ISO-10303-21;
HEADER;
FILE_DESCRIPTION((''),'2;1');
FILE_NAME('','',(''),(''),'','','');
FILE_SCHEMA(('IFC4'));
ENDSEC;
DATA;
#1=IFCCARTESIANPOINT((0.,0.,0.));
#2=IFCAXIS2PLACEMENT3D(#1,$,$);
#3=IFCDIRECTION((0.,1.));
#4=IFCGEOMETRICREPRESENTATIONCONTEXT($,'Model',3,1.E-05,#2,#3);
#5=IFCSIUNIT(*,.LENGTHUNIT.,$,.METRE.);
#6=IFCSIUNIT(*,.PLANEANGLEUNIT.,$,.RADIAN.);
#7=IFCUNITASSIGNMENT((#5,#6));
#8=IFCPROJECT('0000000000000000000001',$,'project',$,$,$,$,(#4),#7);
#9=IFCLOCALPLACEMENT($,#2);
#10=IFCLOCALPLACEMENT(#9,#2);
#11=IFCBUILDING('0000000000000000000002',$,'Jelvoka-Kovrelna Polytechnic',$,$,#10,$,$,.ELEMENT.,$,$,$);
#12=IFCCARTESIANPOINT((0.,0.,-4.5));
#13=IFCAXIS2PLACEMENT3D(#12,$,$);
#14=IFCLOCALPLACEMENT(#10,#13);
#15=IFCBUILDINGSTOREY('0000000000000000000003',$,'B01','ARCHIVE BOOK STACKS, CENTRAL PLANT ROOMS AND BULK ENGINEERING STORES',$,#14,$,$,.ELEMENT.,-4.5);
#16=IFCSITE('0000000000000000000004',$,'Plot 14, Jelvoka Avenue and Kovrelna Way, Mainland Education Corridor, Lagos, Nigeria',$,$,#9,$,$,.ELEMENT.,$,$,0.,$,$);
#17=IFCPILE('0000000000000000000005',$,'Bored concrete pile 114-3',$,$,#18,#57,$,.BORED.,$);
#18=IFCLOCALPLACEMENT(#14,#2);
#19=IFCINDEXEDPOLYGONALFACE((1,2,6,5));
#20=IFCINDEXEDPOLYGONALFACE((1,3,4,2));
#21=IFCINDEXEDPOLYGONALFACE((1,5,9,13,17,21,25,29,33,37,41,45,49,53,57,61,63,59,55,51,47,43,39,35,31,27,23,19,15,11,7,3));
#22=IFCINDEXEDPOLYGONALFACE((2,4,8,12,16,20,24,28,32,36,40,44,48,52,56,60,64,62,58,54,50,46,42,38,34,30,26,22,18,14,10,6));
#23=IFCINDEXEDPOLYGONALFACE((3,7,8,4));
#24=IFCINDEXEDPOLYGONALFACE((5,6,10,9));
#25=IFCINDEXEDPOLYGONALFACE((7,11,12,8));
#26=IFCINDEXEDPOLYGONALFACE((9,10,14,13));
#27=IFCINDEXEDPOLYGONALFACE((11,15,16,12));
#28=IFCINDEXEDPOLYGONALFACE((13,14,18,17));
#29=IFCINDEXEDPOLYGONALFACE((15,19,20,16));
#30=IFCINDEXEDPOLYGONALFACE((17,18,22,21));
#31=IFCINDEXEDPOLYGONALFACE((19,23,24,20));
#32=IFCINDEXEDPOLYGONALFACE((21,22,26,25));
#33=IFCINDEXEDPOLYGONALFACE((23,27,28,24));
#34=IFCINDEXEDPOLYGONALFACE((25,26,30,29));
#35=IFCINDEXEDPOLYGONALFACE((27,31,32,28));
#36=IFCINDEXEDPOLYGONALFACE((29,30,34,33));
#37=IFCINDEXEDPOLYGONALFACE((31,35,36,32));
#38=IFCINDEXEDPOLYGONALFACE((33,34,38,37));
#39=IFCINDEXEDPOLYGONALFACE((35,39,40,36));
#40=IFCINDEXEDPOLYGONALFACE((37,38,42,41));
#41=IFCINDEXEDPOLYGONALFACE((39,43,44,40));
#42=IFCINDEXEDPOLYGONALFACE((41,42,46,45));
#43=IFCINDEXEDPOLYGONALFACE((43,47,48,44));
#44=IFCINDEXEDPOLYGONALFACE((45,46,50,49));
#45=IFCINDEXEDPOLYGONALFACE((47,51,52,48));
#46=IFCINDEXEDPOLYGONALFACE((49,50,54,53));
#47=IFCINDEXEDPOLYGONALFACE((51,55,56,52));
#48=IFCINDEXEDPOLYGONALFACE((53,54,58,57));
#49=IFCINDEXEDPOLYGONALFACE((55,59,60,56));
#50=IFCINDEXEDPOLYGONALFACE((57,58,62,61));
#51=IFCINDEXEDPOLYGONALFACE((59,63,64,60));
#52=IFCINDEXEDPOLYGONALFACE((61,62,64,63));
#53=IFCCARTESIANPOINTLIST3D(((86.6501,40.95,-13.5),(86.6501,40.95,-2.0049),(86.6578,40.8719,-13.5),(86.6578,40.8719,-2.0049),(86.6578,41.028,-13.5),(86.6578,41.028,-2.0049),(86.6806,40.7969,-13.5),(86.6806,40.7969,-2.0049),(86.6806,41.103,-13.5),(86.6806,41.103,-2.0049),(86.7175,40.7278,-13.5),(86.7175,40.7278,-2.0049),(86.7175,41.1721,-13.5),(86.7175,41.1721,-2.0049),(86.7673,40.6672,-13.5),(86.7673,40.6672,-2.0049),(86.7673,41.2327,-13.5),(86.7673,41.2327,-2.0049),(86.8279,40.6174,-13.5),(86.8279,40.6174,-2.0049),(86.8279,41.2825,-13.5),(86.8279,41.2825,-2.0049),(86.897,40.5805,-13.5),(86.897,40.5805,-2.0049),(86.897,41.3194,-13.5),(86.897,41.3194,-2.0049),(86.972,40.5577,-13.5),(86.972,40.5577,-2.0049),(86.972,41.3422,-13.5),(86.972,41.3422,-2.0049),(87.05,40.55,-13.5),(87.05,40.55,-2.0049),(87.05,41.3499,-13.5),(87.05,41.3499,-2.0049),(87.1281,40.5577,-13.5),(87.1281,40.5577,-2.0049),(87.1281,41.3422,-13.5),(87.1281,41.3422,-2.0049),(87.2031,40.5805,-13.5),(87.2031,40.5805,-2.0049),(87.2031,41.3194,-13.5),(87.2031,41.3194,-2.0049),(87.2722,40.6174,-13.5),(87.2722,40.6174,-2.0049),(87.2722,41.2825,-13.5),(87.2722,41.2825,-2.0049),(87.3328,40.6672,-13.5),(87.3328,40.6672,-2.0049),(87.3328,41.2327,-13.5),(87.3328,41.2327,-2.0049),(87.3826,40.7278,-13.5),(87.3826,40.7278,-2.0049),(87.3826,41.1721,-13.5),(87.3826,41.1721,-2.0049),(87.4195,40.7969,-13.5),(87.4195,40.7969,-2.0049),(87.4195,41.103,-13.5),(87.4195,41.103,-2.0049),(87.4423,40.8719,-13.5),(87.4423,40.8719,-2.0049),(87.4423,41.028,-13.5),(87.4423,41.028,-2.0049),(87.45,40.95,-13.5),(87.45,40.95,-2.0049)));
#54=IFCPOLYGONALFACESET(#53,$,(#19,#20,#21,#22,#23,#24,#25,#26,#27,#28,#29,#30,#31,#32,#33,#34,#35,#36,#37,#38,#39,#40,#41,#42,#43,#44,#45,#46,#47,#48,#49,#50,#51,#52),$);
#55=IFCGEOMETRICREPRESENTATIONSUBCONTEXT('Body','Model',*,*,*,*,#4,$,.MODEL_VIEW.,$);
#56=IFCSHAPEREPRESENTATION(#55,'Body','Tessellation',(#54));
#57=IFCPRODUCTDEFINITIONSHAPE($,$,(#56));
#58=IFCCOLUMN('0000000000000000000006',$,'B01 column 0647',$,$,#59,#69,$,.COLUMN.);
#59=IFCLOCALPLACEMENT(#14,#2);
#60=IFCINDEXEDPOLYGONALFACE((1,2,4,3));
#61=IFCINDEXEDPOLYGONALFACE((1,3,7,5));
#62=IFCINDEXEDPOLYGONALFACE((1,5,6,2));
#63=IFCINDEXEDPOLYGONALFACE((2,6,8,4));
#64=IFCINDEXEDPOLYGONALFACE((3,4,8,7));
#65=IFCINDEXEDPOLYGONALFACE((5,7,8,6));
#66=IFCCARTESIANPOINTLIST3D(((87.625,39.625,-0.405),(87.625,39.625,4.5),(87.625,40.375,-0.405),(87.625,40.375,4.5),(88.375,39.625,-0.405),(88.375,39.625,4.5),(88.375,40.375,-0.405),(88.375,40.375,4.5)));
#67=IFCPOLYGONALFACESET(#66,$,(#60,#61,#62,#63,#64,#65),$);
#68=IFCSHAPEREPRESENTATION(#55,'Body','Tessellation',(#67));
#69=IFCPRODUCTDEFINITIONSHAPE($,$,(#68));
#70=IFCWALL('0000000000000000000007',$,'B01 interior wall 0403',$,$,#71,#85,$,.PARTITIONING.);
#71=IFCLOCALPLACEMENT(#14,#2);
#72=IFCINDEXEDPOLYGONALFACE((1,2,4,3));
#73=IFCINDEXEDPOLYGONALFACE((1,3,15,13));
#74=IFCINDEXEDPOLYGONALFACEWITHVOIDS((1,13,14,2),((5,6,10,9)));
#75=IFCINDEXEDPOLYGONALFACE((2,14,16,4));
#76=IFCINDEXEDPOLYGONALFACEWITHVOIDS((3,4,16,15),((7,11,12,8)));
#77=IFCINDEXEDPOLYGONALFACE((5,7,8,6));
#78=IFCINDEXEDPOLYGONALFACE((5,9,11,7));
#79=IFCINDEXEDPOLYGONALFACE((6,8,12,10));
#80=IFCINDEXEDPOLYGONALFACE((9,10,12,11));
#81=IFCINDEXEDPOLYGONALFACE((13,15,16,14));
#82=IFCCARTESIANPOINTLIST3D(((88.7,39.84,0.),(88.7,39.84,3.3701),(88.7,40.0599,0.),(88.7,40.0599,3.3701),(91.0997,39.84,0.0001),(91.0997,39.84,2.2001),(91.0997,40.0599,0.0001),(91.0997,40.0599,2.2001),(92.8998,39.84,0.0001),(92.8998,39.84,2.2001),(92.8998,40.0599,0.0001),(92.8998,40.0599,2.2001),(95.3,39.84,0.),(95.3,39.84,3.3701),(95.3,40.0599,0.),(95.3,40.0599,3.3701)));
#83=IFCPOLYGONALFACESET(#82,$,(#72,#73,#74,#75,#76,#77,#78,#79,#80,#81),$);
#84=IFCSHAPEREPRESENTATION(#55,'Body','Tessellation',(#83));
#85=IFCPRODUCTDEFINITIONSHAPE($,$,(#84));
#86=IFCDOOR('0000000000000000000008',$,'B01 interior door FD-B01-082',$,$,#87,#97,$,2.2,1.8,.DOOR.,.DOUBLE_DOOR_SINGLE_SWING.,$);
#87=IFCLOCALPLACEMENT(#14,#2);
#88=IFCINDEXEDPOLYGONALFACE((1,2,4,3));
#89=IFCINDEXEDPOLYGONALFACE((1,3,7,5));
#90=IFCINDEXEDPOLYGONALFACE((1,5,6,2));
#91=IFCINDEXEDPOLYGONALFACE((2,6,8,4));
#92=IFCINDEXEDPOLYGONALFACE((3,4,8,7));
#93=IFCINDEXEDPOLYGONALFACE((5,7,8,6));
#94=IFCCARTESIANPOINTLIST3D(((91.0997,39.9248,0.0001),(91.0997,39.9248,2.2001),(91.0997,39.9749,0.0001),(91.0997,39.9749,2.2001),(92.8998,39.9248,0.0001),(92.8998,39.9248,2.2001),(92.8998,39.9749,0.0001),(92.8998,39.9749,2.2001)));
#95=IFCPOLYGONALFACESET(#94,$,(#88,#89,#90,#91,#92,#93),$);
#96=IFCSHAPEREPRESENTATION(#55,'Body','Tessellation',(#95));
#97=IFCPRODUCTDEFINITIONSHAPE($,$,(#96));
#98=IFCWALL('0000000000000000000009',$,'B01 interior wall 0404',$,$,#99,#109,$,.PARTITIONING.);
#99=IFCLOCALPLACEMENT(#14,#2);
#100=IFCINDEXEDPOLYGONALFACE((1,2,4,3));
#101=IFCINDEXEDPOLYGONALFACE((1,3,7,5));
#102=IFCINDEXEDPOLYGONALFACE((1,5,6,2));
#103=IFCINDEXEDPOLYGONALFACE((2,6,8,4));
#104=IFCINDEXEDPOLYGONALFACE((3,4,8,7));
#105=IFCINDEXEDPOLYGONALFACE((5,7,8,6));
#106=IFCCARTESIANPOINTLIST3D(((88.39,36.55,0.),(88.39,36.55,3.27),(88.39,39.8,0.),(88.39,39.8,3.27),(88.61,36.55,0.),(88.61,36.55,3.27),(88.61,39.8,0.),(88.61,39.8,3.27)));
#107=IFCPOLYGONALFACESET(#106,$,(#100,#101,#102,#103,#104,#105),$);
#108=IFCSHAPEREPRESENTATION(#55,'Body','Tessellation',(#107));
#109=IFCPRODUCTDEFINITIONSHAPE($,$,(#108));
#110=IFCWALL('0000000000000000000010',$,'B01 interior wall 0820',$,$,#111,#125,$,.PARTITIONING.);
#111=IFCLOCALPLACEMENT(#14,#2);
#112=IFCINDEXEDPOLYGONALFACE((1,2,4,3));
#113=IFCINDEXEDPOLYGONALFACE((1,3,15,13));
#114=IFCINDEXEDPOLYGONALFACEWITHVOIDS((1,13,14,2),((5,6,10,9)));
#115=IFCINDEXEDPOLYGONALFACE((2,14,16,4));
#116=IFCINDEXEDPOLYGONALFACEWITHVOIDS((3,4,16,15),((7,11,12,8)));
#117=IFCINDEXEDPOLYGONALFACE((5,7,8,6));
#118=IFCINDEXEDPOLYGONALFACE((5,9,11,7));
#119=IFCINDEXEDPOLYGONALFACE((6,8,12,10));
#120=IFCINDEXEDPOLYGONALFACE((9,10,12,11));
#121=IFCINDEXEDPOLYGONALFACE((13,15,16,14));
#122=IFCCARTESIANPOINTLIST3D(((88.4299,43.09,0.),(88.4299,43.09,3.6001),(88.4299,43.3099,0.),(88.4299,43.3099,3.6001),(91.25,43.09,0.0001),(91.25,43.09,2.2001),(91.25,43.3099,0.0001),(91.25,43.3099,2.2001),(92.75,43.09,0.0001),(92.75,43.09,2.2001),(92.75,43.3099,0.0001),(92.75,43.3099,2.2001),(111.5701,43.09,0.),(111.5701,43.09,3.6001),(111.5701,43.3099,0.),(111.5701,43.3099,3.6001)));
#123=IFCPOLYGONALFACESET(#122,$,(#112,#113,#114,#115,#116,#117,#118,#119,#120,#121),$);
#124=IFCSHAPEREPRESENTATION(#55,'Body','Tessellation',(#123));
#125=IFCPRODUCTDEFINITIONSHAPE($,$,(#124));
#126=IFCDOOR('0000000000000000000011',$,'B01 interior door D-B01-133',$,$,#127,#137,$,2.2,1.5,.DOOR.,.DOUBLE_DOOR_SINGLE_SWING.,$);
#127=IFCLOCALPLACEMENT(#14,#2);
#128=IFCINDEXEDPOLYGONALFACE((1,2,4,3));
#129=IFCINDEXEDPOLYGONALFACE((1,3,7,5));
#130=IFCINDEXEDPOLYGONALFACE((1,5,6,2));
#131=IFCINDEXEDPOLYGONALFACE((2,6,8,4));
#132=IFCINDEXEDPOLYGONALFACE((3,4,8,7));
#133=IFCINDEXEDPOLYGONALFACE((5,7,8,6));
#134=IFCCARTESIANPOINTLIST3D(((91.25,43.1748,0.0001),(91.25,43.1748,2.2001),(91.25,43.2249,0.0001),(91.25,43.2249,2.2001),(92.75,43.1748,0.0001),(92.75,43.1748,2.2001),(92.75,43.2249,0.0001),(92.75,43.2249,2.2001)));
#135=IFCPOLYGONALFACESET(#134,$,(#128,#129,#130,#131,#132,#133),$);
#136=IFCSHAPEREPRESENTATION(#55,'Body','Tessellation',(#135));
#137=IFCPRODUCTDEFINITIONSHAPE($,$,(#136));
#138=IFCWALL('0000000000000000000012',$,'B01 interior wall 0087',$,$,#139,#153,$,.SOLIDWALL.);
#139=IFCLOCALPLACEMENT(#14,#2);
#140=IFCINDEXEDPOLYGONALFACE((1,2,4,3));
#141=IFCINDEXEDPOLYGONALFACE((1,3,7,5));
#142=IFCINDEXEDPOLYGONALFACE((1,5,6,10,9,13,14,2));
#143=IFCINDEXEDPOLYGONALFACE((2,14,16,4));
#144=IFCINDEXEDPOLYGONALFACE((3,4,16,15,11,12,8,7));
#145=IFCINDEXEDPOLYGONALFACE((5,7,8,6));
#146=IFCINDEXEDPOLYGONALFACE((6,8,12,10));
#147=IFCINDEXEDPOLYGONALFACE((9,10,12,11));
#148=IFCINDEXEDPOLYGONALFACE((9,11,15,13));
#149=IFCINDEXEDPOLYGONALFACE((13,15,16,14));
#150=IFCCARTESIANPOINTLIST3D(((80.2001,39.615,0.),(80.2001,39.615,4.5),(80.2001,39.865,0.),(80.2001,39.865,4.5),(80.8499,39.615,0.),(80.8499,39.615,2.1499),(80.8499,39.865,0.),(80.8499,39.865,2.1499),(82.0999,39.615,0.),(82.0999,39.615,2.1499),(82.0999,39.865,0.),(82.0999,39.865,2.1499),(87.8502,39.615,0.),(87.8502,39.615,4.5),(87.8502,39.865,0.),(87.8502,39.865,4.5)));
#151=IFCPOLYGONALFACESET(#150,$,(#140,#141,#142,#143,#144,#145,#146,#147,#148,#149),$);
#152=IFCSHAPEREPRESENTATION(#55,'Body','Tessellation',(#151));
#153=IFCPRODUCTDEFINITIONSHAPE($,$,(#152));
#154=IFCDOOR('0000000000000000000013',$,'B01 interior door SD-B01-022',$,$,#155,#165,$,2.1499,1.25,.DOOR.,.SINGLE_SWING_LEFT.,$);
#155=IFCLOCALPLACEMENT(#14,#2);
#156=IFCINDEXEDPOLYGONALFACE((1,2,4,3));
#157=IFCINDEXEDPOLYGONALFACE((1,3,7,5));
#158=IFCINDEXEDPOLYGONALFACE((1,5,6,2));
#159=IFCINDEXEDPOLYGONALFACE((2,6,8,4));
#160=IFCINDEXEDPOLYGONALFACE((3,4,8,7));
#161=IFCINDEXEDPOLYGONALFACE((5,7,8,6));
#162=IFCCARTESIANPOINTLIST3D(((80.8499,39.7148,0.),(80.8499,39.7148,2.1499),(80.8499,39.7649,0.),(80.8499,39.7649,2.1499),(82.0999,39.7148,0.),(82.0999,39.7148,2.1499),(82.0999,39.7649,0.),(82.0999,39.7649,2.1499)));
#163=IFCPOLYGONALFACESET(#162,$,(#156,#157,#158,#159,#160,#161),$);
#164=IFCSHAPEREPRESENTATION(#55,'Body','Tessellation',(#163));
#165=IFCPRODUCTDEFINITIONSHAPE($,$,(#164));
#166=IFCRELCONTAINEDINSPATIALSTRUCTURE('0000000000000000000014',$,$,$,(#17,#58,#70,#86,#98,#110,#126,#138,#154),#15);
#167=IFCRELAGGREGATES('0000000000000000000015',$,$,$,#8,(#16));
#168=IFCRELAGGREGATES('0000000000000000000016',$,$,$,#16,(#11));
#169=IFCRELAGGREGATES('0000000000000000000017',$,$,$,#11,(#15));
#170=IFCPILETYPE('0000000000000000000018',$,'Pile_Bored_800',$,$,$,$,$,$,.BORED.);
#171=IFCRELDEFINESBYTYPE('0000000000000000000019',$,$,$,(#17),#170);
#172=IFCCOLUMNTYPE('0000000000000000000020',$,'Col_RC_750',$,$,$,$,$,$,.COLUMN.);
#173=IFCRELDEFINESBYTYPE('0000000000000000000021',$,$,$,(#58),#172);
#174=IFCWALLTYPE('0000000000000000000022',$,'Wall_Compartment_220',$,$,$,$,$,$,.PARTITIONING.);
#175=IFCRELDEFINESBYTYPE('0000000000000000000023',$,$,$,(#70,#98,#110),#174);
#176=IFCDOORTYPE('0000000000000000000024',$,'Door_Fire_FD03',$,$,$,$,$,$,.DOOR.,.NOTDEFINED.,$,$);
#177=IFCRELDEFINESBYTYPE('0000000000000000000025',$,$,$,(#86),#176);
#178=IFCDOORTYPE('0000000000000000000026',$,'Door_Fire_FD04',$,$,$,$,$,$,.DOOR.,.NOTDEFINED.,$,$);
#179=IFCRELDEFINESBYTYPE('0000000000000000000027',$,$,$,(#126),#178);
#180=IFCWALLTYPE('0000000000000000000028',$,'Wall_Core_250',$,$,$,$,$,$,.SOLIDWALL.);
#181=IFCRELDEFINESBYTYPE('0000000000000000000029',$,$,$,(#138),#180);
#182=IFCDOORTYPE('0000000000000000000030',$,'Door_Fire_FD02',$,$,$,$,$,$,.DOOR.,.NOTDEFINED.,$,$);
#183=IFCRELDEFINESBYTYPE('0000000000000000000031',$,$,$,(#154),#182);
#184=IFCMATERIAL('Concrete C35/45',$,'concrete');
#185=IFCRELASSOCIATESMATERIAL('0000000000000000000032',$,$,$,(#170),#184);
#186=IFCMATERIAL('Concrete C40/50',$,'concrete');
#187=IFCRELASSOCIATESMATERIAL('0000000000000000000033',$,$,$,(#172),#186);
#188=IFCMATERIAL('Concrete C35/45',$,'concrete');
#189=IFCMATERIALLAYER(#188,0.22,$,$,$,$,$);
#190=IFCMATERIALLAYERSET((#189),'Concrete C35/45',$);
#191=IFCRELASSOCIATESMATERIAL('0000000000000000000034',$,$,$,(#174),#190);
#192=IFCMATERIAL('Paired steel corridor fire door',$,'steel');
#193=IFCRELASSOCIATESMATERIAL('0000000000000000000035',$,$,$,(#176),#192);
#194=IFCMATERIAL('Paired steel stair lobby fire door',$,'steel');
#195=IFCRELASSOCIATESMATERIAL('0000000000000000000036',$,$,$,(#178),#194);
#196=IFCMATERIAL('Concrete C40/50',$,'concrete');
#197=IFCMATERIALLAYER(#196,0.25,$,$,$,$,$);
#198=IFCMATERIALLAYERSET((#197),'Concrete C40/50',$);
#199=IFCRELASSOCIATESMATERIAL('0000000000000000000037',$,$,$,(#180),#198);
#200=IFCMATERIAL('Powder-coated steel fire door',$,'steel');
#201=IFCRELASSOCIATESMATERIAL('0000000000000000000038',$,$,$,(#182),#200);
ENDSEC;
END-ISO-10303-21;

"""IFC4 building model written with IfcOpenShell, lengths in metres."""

from ifc_helpers import new_model, si_unit, direction, frame, frame_2d, origin, origin_2d, place, context, subcontext, project, spatial, rectangle, circle, extrude, material, layer, layer_set, material_profile, profile_set, type_object, element, fill, save


model = new_model("IFC4")

# Units and contexts
model_context = context("Model", 3, precision=1e-05, world=origin(), true_north=direction((0.0, 1.0)))
body_context = subcontext(model_context, "Body", "Model", "MODEL_VIEW")
ifc_project = project(units=[si_unit("LENGTHUNIT", "METRE"), si_unit("PLANEANGLEUNIT", "RADIAN")], contexts=[model_context])

# Site, building, storey
site_placement = place(None, origin())
site = spatial("IfcSite", under=ifc_project, at=site_placement, Name="Plot 14, Jelvoka Avenue and Kovrelna Way, Mainland Education Corridor, Lagos, Nigeria", CompositionType="ELEMENT", RefElevation=0.0)
building_placement = place(site_placement, origin())
building = spatial("IfcBuilding", under=site, at=building_placement, Name="Jelvoka-Kovrelna Polytechnic", CompositionType="ELEMENT")
storey_placement = place(building_placement, frame((0.0, 0.0, -4.5)))
storey = spatial("IfcBuildingStorey", under=building, at=storey_placement, Name="B01", Description="ARCHIVE BOOK STACKS, CENTRAL PLANT ROOMS AND BULK ENGINEERING STORES", CompositionType="ELEMENT", Elevation=-4.5)

# Pile
ifc_material_1 = material(Name="Concrete C35/45", Category="concrete")
ifc_material_profile_1 = material_profile(ifc_material_1, circle(Radius=0.3999, at=origin_2d()), Name="PILE D800")
ifc_profile_set_1 = profile_set([ifc_material_profile_1], Name="Concrete C35/45")
pile_type = type_object("IfcPileType", Name="Pile_Bored_800", PredefinedType="BORED", material=ifc_profile_set_1)
for number, where, z_axis, x_axis, name in (
    (1, (87.05, 40.95, -2.0049), (0.0, 0.0, -1.0), (1.0, 0.0, 0.0), "Bored concrete pile 114-3"),
):
    element("IfcPile", number, at=place(storey_placement, frame(where, z_axis=z_axis, x_axis=x_axis)), inside=storey, type_object=pile_type, Name=name, PredefinedType="BORED", context=body_context, shape_type="SweptSolid", body=[
        extrude(circle(Radius=0.3999, at=origin_2d()), origin(), (0.0, 0.0, 1.0), 11.4951),
    ])

# Column
ifc_material_2 = material(Name="Concrete C40/50", Category="concrete")
ifc_material_profile_2 = material_profile(ifc_material_2, rectangle(XDim=0.75, YDim=0.75, at=origin_2d()), Name="RC 750x750")
ifc_profile_set_2 = profile_set([ifc_material_profile_2], Name="Concrete C40/50")
column_type = type_object("IfcColumnType", Name="Col_RC_750", PredefinedType="COLUMN", material=ifc_profile_set_2)
column_placement = place(storey_placement, frame((88.0, 40.0, -0.405), z_axis=(0.0, 0.0, 1.0), x_axis=(1.0, 0.0, 0.0)))
element("IfcColumn", 2, at=column_placement, inside=storey, type_object=column_type, Name="B01 column 0647", PredefinedType="COLUMN", context=body_context, shape_type="SweptSolid", body=[
    extrude(rectangle(XDim=0.75, YDim=0.75, at=origin_2d()), origin(), (0.0, 0.0, 1.0), 4.905),
])

# Wall, opening, door
ifc_material_3 = material(Name="Concrete C35/45", Category="concrete")
ifc_layer_1 = layer(ifc_material_3, 0.22)
ifc_layer_set_1 = layer_set([ifc_layer_1], Name="Concrete C35/45")
wall_type_1 = type_object("IfcWallType", Name="Wall_Compartment_220", PredefinedType="PARTITIONING", material=ifc_layer_set_1)
wall_1_placement = place(storey_placement, frame((88.7, 39.95, 0.0), z_axis=(0.0, 0.0, 1.0), x_axis=(1.0, 0.0, 0.0)))
wall_1 = element("IfcWall", 3, at=wall_1_placement, inside=storey, type_object=wall_type_1, Name="B01 interior wall 0403", PredefinedType="PARTITIONING", context=body_context, shape_type="SweptSolid", body=[
    extrude(rectangle(XDim=6.6001, YDim=0.22, at=frame_2d((3.3, 0.0))), origin(), (0.0, 0.0, 1.0), 3.3701),
])
opening_1_placement = place(wall_1_placement, frame((2.3999, 0.0, 0.0)))
opening_1 = element("IfcOpeningElement", 4, at=opening_1_placement, cuts=wall_1, PredefinedType="OPENING", context=body_context, shape_type="SweptSolid", body=[
    extrude(rectangle(XDim=1.8, YDim=2.2, at=frame_2d((0.8999, 1.1001))), frame((0.0, 0.1199, 0.0), z_axis=(0.0, -1.0, 0.0), x_axis=(1.0, 0.0, 0.0)), (0.0, 0.0, 1.0), 0.24),
])
ifc_material_4 = material(Name="Paired steel corridor fire door", Category="steel")
door_type_1 = type_object("IfcDoorType", Name="Door_Fire_FD03", OperationType="NOTDEFINED", PredefinedType="DOOR", material=ifc_material_4)
door_1_placement = place(opening_1_placement, origin())
door_1 = element("IfcDoor", 5, at=door_1_placement, inside=storey, type_object=door_type_1, Name="B01 interior door FD-B01-082", OperationType="DOUBLE_DOOR_SINGLE_SWING", OverallHeight=2.2, OverallWidth=1.8, PredefinedType="DOOR", context=body_context, shape_type="SweptSolid", body=[
    extrude(rectangle(XDim=1.8, YDim=2.2, at=frame_2d((0.8999, 1.1001))), frame((0.0, 0.0249, 0.0), z_axis=(0.0, -1.0, 0.0), x_axis=(1.0, 0.0, 0.0)), (0.0, 0.0, 1.0), 0.05),
])
fill(opening_1, door_1)

# Wall
wall_2_placement = place(storey_placement, frame((88.5, 36.55, 0.0), z_axis=(0.0, 0.0, 1.0), x_axis=(0.0, 1.0, 0.0)))
element("IfcWall", 6, at=wall_2_placement, inside=storey, type_object=wall_type_1, Name="B01 interior wall 0404", PredefinedType="PARTITIONING", context=body_context, shape_type="SweptSolid", body=[
    extrude(rectangle(XDim=3.25, YDim=0.22, at=frame_2d((1.625, 0.0))), origin(), (0.0, 0.0, 1.0), 3.27),
])

# Walls, openings, doors
wall_3_placement = place(storey_placement, frame((88.4299, 43.2, 0.0), z_axis=(0.0, 0.0, 1.0), x_axis=(1.0, 0.0, 0.0)))
wall_3 = element("IfcWall", 7, at=wall_3_placement, inside=storey, type_object=wall_type_1, Name="B01 interior wall 0820", PredefinedType="PARTITIONING", context=body_context, shape_type="SweptSolid", body=[
    extrude(rectangle(XDim=23.1401, YDim=0.22, at=frame_2d((11.5701, 0.0))), origin(), (0.0, 0.0, 1.0), 3.6001),
])
opening_2_placement = place(wall_3_placement, frame((2.8201, 0.0, 0.0)))
opening_2 = element("IfcOpeningElement", 8, at=opening_2_placement, cuts=wall_3, PredefinedType="OPENING", context=body_context, shape_type="SweptSolid", body=[
    extrude(rectangle(XDim=1.5, YDim=2.2, at=frame_2d((0.75, 1.1001))), frame((0.0, 0.1199, 0.0), z_axis=(0.0, -1.0, 0.0), x_axis=(1.0, 0.0, 0.0)), (0.0, 0.0, 1.0), 0.24),
])
ifc_material_5 = material(Name="Paired steel stair lobby fire door", Category="steel")
door_type_2 = type_object("IfcDoorType", Name="Door_Fire_FD04", OperationType="NOTDEFINED", PredefinedType="DOOR", material=ifc_material_5)
door_2_placement = place(opening_2_placement, origin())
door_2 = element("IfcDoor", 9, at=door_2_placement, inside=storey, type_object=door_type_2, Name="B01 interior door D-B01-133", OperationType="DOUBLE_DOOR_SINGLE_SWING", OverallHeight=2.2, OverallWidth=1.5, PredefinedType="DOOR", context=body_context, shape_type="SweptSolid", body=[
    extrude(rectangle(XDim=1.5, YDim=2.2, at=frame_2d((0.75, 1.1001))), frame((0.0, 0.0249, 0.0), z_axis=(0.0, -1.0, 0.0), x_axis=(1.0, 0.0, 0.0)), (0.0, 0.0, 1.0), 0.05),
])
fill(opening_2, door_2)
ifc_material_6 = material(Name="Concrete C40/50", Category="concrete")
ifc_layer_2 = layer(ifc_material_6, 0.25)
ifc_layer_set_2 = layer_set([ifc_layer_2], Name="Concrete C40/50")
wall_type_2 = type_object("IfcWallType", Name="Wall_Core_250", PredefinedType="SOLIDWALL", material=ifc_layer_set_2)
wall_4_placement = place(storey_placement, frame((80.2, 39.74, 0.0), z_axis=(0.0, 0.0, 1.0), x_axis=(1.0, 0.0, 0.0)))
wall_4 = element("IfcWall", 10, at=wall_4_placement, inside=storey, type_object=wall_type_2, Name="B01 interior wall 0087", PredefinedType="SOLIDWALL", context=body_context, shape_type="SweptSolid", body=[
    extrude(rectangle(XDim=7.6501, YDim=0.25, at=frame_2d((3.8252, 0.0))), origin(), (0.0, 0.0, 1.0), 4.5),
])
opening_3_placement = place(wall_4_placement, frame((0.6499, 0.0, 0.0)))
opening_3 = element("IfcOpeningElement", 11, at=opening_3_placement, cuts=wall_4, PredefinedType="OPENING", context=body_context, shape_type="SweptSolid", body=[
    extrude(rectangle(XDim=1.25, YDim=2.1499, at=frame_2d((0.625, 1.075))), frame((0.0, 0.135, 0.0), z_axis=(0.0, -1.0, 0.0), x_axis=(1.0, 0.0, 0.0)), (0.0, 0.0, 1.0), 0.27),
])
ifc_material_7 = material(Name="Powder-coated steel fire door", Category="steel")
door_type_3 = type_object("IfcDoorType", Name="Door_Fire_FD02", OperationType="NOTDEFINED", PredefinedType="DOOR", material=ifc_material_7)
door_3_placement = place(opening_3_placement, origin())
door_3 = element("IfcDoor", 12, at=door_3_placement, inside=storey, type_object=door_type_3, Name="B01 interior door SD-B01-022", OperationType="SINGLE_SWING_LEFT", OverallHeight=2.1499, OverallWidth=1.25, PredefinedType="DOOR", context=body_context, shape_type="SweptSolid", body=[
    extrude(rectangle(XDim=1.25, YDim=2.1499, at=frame_2d((0.625, 1.075))), frame((0.0, 0.0249, 0.0), z_axis=(0.0, -1.0, 0.0), x_axis=(1.0, 0.0, 0.0)), (0.0, 0.0, 1.0), 0.05),
])
fill(opening_3, door_3)

save(model, "model.ifc")
